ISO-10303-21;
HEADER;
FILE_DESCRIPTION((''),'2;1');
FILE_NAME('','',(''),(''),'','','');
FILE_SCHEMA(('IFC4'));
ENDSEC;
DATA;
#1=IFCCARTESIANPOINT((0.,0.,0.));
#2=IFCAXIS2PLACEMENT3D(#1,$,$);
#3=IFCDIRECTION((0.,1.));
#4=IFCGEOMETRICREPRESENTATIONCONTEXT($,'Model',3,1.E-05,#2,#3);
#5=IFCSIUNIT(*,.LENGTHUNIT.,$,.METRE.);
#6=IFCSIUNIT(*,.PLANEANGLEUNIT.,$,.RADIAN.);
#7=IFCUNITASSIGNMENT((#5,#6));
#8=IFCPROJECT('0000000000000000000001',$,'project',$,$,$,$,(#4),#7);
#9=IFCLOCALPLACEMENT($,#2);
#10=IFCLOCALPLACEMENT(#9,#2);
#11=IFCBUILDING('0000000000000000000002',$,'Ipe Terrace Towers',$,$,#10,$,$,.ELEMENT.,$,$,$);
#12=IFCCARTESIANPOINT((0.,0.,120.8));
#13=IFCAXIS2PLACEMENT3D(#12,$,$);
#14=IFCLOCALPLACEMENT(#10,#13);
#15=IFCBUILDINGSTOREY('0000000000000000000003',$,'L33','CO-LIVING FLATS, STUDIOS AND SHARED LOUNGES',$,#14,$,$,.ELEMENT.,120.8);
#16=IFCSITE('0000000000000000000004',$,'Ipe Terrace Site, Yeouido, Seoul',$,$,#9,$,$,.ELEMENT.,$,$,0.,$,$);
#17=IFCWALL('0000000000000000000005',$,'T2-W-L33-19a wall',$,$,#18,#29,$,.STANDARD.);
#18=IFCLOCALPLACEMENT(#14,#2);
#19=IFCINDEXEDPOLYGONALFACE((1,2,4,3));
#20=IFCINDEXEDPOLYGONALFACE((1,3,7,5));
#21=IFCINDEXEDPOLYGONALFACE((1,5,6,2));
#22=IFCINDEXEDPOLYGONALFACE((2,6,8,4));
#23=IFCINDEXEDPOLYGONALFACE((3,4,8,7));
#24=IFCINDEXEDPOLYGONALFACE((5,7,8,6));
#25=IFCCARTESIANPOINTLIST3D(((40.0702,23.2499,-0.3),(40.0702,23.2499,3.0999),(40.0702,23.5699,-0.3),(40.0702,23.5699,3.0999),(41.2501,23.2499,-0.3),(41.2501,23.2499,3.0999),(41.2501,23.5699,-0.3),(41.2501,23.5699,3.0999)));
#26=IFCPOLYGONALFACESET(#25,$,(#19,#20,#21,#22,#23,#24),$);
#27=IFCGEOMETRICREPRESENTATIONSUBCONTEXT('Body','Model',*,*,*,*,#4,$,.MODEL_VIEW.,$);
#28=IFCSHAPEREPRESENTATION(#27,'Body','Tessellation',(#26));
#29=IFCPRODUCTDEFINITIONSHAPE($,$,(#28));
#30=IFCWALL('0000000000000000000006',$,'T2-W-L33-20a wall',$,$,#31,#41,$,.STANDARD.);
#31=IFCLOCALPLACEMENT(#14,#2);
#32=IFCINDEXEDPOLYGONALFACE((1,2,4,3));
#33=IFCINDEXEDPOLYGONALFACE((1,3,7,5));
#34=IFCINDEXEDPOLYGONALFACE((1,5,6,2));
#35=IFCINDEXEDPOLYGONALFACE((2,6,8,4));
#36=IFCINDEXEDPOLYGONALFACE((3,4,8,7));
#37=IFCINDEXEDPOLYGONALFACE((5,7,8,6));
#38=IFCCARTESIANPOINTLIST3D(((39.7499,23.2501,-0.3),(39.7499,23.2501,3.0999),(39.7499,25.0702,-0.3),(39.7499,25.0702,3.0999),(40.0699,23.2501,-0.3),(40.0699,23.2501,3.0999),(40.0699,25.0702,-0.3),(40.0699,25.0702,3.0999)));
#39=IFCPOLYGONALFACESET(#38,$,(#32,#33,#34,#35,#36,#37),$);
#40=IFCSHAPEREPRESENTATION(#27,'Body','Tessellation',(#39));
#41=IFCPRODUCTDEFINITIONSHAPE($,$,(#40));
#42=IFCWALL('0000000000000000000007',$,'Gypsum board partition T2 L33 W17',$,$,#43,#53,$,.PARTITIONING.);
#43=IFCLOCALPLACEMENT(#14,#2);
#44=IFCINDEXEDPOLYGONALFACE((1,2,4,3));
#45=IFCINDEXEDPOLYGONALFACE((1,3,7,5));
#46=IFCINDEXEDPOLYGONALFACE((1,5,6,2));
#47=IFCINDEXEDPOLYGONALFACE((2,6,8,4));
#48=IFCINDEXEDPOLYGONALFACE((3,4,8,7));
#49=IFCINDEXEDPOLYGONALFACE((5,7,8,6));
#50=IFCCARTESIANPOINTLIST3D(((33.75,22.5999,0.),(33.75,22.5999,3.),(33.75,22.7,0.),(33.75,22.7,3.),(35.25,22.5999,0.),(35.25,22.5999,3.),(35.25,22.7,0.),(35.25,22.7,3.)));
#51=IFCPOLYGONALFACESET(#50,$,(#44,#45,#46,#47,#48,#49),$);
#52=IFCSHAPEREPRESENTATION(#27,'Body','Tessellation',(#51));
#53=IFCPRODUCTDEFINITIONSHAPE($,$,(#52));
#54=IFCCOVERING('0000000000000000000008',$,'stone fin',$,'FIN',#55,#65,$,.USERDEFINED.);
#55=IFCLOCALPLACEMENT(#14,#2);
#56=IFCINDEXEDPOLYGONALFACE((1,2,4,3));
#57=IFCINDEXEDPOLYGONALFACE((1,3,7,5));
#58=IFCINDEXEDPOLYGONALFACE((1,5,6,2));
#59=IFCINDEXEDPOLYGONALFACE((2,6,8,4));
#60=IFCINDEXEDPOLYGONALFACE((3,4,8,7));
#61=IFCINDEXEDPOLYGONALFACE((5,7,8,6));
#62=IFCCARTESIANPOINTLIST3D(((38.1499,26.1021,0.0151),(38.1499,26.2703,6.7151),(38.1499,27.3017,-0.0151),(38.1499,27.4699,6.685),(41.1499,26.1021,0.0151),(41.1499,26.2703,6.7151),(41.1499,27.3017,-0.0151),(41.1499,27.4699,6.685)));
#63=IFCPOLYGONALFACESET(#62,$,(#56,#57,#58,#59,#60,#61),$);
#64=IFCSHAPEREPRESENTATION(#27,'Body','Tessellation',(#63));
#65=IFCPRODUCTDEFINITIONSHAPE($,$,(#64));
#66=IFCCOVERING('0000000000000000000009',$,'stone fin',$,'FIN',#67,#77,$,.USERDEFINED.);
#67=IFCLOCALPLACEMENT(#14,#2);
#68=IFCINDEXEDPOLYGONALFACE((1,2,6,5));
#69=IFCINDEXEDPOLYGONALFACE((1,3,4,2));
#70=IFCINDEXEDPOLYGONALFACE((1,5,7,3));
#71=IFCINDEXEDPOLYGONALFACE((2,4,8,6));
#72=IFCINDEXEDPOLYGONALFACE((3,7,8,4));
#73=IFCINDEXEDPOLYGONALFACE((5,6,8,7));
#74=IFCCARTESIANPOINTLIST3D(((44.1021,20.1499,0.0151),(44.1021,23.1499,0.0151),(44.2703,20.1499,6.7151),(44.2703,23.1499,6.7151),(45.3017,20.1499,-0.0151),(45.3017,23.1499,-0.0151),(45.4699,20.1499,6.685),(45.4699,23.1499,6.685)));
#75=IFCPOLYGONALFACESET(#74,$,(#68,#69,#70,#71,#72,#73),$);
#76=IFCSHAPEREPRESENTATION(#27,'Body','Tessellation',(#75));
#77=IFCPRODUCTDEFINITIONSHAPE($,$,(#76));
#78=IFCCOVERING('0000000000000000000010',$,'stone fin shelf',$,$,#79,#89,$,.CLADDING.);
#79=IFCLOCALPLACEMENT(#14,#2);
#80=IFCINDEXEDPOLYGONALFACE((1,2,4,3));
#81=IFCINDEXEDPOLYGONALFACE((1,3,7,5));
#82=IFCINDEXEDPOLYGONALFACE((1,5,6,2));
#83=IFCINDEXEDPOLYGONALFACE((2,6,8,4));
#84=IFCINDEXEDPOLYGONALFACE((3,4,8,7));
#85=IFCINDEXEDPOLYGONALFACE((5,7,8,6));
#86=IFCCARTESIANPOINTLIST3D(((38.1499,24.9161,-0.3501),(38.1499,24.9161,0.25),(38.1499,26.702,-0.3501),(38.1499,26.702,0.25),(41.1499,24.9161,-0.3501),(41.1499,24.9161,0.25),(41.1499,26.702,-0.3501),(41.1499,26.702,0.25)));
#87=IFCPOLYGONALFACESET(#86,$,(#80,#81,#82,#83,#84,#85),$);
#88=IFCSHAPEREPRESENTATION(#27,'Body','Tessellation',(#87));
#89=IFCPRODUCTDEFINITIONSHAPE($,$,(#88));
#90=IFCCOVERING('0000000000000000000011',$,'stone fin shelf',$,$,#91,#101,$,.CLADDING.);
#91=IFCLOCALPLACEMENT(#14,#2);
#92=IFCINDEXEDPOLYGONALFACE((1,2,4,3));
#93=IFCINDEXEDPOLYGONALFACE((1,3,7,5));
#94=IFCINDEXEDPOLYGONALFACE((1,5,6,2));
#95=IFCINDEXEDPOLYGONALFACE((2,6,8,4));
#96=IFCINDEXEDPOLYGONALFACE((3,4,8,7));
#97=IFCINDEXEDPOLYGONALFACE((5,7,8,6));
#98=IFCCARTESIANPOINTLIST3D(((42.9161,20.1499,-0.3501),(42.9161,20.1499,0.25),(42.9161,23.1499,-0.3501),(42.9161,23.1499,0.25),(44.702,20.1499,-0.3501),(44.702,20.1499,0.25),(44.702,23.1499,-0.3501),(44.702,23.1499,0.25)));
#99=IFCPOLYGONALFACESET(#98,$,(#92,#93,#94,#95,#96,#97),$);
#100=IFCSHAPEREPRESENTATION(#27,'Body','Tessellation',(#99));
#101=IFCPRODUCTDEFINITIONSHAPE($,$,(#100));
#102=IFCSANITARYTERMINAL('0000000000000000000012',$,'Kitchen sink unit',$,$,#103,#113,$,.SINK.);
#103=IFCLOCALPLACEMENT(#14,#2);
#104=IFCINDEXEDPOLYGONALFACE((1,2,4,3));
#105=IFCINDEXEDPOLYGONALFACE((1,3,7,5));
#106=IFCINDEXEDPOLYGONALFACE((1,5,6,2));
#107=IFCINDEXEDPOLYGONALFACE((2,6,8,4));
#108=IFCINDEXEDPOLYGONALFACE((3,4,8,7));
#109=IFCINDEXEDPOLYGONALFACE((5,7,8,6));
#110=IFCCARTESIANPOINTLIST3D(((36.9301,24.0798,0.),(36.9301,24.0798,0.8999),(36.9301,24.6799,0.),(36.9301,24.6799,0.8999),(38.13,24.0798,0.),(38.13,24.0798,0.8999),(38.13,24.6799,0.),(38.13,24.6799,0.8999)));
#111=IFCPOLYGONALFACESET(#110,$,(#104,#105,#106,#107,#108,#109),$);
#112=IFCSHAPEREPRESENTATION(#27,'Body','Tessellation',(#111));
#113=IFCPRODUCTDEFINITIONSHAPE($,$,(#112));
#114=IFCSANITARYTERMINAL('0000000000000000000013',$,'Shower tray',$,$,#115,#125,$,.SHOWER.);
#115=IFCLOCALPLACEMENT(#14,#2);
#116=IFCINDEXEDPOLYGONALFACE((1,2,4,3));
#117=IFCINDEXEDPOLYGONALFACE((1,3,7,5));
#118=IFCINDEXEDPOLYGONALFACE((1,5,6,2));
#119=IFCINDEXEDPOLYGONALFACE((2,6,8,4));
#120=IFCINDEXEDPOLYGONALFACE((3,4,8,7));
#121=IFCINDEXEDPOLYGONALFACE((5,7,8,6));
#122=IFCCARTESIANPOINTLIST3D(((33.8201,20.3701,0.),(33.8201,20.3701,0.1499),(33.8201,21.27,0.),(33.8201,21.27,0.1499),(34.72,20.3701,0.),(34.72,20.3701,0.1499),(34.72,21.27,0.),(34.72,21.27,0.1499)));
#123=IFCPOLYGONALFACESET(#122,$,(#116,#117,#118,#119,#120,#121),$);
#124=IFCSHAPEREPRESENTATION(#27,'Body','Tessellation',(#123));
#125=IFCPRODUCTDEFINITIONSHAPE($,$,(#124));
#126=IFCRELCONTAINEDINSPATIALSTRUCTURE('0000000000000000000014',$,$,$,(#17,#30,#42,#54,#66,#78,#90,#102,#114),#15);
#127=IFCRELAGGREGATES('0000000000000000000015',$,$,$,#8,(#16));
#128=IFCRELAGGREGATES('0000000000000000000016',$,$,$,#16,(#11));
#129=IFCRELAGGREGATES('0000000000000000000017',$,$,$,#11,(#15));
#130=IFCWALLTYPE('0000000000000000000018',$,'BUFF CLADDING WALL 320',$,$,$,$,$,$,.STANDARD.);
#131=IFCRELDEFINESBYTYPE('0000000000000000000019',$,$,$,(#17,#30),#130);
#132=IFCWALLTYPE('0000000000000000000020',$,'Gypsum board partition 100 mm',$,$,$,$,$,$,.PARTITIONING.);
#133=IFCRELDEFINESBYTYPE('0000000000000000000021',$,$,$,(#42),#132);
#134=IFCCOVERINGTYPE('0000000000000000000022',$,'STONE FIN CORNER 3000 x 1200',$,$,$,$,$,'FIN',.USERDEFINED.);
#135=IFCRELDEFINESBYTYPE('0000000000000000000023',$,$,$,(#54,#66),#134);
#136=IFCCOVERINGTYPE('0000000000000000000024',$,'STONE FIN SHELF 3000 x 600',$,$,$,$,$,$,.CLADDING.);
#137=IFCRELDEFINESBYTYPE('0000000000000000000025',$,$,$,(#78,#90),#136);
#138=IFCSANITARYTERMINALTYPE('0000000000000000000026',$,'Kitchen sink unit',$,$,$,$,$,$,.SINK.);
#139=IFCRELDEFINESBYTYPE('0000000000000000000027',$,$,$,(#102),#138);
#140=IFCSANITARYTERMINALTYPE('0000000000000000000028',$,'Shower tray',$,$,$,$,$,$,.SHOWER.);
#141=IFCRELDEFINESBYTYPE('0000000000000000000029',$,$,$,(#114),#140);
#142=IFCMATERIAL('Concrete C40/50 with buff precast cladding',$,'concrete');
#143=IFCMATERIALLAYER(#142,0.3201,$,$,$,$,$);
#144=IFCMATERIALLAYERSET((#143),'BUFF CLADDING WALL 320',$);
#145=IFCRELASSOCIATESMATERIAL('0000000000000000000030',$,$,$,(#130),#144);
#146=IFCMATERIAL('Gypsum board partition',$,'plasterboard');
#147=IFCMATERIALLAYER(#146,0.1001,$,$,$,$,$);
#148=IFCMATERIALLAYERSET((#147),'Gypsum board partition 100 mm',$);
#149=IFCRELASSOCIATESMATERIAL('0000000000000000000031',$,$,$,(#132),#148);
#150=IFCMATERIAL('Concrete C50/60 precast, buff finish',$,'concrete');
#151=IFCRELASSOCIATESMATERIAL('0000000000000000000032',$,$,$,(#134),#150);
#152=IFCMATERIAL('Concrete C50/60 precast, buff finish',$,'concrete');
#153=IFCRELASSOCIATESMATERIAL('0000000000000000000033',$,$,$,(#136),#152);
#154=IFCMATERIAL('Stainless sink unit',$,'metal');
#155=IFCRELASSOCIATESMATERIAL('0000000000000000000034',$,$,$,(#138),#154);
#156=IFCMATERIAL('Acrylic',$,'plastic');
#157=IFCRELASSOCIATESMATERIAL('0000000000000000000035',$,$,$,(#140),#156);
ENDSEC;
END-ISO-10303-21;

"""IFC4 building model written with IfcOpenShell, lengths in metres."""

from ifc_helpers import new_model, si_unit, direction, frame, frame_2d, origin, origin_2d, place, context, subcontext, project, spatial, rectangle, extrude, material, layer, layer_set, material_profile, profile_set, type_object, element, save


model = new_model("IFC4")

# Units and contexts
model_context = context("Model", 3, precision=1e-05, world=origin(), true_north=direction((0.0, 1.0)))
body_context = subcontext(model_context, "Body", "Model", "MODEL_VIEW")
ifc_project = project(units=[si_unit("LENGTHUNIT", "METRE"), si_unit("PLANEANGLEUNIT", "RADIAN")], contexts=[model_context])

# Site, building, storey
site_placement = place(None, origin())
site = spatial("IfcSite", under=ifc_project, at=site_placement, Name="Ipe Terrace Site, Yeouido, Seoul", CompositionType="ELEMENT", RefElevation=0.0)
building_placement = place(site_placement, origin())
building = spatial("IfcBuilding", under=site, at=building_placement, Name="Ipe Terrace Towers", CompositionType="ELEMENT")
storey_placement = place(building_placement, frame((0.0, 0.0, 120.8)))
storey = spatial("IfcBuildingStorey", under=building, at=storey_placement, Name="L33", Description="CO-LIVING FLATS, STUDIOS AND SHARED LOUNGES", CompositionType="ELEMENT", Elevation=120.8)

# Shared definitions
ifc_material_1 = material(Name="Concrete C40/50 with buff precast cladding", Category="concrete")
ifc_layer_1 = layer(ifc_material_1, 0.3201)
ifc_layer_set_1 = layer_set([ifc_layer_1], Name="BUFF CLADDING WALL 320")
wall_type_1 = type_object("IfcWallType", Name="BUFF CLADDING WALL 320", PredefinedType="STANDARD", material=ifc_layer_set_1)

# Walls
wall_1_placement = place(storey_placement, frame((41.25, 23.4099, -0.3), z_axis=(0.0, 0.0, 1.0), x_axis=(-1.0, 0.0, 0.0)))
element("IfcWall", 1, at=wall_1_placement, inside=storey, type_object=wall_type_1, Name="T2-W-L33-19a wall", PredefinedType="STANDARD", context=body_context, shape_type="SweptSolid", body=[
    extrude(rectangle(XDim=1.1799, YDim=0.3201, at=frame_2d((0.5898, 0.0))), origin(), (0.0, 0.0, 1.0), 3.3999),
])
wall_2_placement = place(storey_placement, frame((39.9099, 23.25, -0.3), z_axis=(0.0, 0.0, 1.0), x_axis=(0.0, 1.0, 0.0)))
element("IfcWall", 2, at=wall_2_placement, inside=storey, type_object=wall_type_1, Name="T2-W-L33-20a wall", PredefinedType="STANDARD", context=body_context, shape_type="SweptSolid", body=[
    extrude(rectangle(XDim=1.8201, YDim=0.3201, at=frame_2d((0.9102, 0.0))), origin(), (0.0, 0.0, 1.0), 3.3999),
])
ifc_material_2 = material(Name="Gypsum board partition", Category="plasterboard")
ifc_layer_2 = layer(ifc_material_2, 0.1001)
ifc_layer_set_2 = layer_set([ifc_layer_2], Name="Gypsum board partition 100 mm")
wall_type_2 = type_object("IfcWallType", Name="Gypsum board partition 100 mm", PredefinedType="PARTITIONING", material=ifc_layer_set_2)
wall_3_placement = place(storey_placement, frame((35.25, 22.6499, 0.0), z_axis=(0.0, 0.0, 1.0), x_axis=(-1.0, 0.0, 0.0)))
element("IfcWall", 3, at=wall_3_placement, inside=storey, type_object=wall_type_2, Name="Gypsum board partition T2 L33 W17", PredefinedType="PARTITIONING", context=body_context, shape_type="SweptSolid", body=[
    extrude(rectangle(XDim=1.5, YDim=0.1001, at=frame_2d((0.75, 0.0))), origin(), (0.0, 0.0, 1.0), 3.0),
])

# Coverings
ifc_material_3 = material(Name="Concrete C50/60 precast, buff finish", Category="concrete")
ifc_material_profile_1 = material_profile(ifc_material_3, rectangle(XDim=3.0, YDim=1.2, at=origin_2d()), Name="STONE FIN CORNER 3000 x 1200")
ifc_profile_set_1 = profile_set([ifc_material_profile_1], Name="Concrete C50/60 precast, buff finish")
covering_type_1 = type_object("IfcCoveringType", Name="STONE FIN CORNER 3000 x 1200", ElementType="FIN", PredefinedType="USERDEFINED", material=ifc_profile_set_1)
for number, where, z_axis, x_axis, name in (
    (4, (39.6499, 26.7019, 0.0), (0.0, 0.025099, 0.999685), (-1.0, 0.0, 0.0), "stone fin"),
    (5, (44.7019, 21.6499, 0.0), (0.025099, 0.0, 0.999685), (0.0, 1.0, 0.0), "stone fin"),
):
    element("IfcCovering", number, at=place(storey_placement, frame(where, z_axis=z_axis, x_axis=x_axis)), inside=storey, type_object=covering_type_1, Name=name, ObjectType="FIN", PredefinedType="USERDEFINED", context=body_context, shape_type="SweptSolid", body=[
        extrude(rectangle(XDim=3.0, YDim=1.2, at=origin_2d()), origin(), (0.0, 0.0, 1.0), 6.7021),
    ])
ifc_material_4 = material(Name="Concrete C50/60 precast, buff finish", Category="concrete")
covering_type_2 = type_object("IfcCoveringType", Name="STONE FIN SHELF 3000 x 600", PredefinedType="CLADDING", material=ifc_material_4)
for number, where, z_axis, x_axis, name in (
    (6, (39.6499, 25.8091, -0.3501), (0.0, 0.0, 1.0), (-1.0, 0.0, 0.0), "stone fin shelf"),
    (7, (43.8091, 21.6499, -0.3501), (0.0, 0.0, 1.0), (0.0, 1.0, 0.0), "stone fin shelf"),
):
    element("IfcCovering", number, at=place(storey_placement, frame(where, z_axis=z_axis, x_axis=x_axis)), inside=storey, type_object=covering_type_2, Name=name, PredefinedType="CLADDING", context=body_context, shape_type="SweptSolid", body=[
        extrude(rectangle(XDim=3.0, YDim=1.7859, at=origin_2d()), origin(), (0.0, 0.0, 1.0), 0.6001),
    ])

# Sanitary terminals
ifc_material_5 = material(Name="Stainless sink unit", Category="metal")
sanitary_terminal_type_1 = type_object("IfcSanitaryTerminalType", Name="Kitchen sink unit", PredefinedType="SINK", material=ifc_material_5)
sanitary_terminal_1_placement = place(storey_placement, frame((37.53, 24.3799, 0.0), z_axis=(0.0, 0.0, 1.0), x_axis=(1.0, 0.0, 0.0)))
element("IfcSanitaryTerminal", 8, at=sanitary_terminal_1_placement, inside=storey, type_object=sanitary_terminal_type_1, Name="Kitchen sink unit", PredefinedType="SINK", context=body_context, shape_type="SweptSolid", body=[
    extrude(rectangle(XDim=1.2, YDim=0.6001, at=origin_2d()), origin(), (0.0, 0.0, 1.0), 0.8999),
])
ifc_material_6 = material(Name="Acrylic", Category="plastic")
sanitary_terminal_type_2 = type_object("IfcSanitaryTerminalType", Name="Shower tray", PredefinedType="SHOWER", material=ifc_material_6)
sanitary_terminal_2_placement = place(storey_placement, frame((34.27, 20.8201, 0.0), z_axis=(0.0, 0.0, 1.0), x_axis=(1.0, 0.0, 0.0)))
element("IfcSanitaryTerminal", 9, at=sanitary_terminal_2_placement, inside=storey, type_object=sanitary_terminal_type_2, Name="Shower tray", PredefinedType="SHOWER", context=body_context, shape_type="SweptSolid", body=[
    extrude(rectangle(XDim=0.8999, YDim=0.8999, at=origin_2d()), origin(), (0.0, 0.0, 1.0), 0.1499),
])

save(model, "model.ifc")
